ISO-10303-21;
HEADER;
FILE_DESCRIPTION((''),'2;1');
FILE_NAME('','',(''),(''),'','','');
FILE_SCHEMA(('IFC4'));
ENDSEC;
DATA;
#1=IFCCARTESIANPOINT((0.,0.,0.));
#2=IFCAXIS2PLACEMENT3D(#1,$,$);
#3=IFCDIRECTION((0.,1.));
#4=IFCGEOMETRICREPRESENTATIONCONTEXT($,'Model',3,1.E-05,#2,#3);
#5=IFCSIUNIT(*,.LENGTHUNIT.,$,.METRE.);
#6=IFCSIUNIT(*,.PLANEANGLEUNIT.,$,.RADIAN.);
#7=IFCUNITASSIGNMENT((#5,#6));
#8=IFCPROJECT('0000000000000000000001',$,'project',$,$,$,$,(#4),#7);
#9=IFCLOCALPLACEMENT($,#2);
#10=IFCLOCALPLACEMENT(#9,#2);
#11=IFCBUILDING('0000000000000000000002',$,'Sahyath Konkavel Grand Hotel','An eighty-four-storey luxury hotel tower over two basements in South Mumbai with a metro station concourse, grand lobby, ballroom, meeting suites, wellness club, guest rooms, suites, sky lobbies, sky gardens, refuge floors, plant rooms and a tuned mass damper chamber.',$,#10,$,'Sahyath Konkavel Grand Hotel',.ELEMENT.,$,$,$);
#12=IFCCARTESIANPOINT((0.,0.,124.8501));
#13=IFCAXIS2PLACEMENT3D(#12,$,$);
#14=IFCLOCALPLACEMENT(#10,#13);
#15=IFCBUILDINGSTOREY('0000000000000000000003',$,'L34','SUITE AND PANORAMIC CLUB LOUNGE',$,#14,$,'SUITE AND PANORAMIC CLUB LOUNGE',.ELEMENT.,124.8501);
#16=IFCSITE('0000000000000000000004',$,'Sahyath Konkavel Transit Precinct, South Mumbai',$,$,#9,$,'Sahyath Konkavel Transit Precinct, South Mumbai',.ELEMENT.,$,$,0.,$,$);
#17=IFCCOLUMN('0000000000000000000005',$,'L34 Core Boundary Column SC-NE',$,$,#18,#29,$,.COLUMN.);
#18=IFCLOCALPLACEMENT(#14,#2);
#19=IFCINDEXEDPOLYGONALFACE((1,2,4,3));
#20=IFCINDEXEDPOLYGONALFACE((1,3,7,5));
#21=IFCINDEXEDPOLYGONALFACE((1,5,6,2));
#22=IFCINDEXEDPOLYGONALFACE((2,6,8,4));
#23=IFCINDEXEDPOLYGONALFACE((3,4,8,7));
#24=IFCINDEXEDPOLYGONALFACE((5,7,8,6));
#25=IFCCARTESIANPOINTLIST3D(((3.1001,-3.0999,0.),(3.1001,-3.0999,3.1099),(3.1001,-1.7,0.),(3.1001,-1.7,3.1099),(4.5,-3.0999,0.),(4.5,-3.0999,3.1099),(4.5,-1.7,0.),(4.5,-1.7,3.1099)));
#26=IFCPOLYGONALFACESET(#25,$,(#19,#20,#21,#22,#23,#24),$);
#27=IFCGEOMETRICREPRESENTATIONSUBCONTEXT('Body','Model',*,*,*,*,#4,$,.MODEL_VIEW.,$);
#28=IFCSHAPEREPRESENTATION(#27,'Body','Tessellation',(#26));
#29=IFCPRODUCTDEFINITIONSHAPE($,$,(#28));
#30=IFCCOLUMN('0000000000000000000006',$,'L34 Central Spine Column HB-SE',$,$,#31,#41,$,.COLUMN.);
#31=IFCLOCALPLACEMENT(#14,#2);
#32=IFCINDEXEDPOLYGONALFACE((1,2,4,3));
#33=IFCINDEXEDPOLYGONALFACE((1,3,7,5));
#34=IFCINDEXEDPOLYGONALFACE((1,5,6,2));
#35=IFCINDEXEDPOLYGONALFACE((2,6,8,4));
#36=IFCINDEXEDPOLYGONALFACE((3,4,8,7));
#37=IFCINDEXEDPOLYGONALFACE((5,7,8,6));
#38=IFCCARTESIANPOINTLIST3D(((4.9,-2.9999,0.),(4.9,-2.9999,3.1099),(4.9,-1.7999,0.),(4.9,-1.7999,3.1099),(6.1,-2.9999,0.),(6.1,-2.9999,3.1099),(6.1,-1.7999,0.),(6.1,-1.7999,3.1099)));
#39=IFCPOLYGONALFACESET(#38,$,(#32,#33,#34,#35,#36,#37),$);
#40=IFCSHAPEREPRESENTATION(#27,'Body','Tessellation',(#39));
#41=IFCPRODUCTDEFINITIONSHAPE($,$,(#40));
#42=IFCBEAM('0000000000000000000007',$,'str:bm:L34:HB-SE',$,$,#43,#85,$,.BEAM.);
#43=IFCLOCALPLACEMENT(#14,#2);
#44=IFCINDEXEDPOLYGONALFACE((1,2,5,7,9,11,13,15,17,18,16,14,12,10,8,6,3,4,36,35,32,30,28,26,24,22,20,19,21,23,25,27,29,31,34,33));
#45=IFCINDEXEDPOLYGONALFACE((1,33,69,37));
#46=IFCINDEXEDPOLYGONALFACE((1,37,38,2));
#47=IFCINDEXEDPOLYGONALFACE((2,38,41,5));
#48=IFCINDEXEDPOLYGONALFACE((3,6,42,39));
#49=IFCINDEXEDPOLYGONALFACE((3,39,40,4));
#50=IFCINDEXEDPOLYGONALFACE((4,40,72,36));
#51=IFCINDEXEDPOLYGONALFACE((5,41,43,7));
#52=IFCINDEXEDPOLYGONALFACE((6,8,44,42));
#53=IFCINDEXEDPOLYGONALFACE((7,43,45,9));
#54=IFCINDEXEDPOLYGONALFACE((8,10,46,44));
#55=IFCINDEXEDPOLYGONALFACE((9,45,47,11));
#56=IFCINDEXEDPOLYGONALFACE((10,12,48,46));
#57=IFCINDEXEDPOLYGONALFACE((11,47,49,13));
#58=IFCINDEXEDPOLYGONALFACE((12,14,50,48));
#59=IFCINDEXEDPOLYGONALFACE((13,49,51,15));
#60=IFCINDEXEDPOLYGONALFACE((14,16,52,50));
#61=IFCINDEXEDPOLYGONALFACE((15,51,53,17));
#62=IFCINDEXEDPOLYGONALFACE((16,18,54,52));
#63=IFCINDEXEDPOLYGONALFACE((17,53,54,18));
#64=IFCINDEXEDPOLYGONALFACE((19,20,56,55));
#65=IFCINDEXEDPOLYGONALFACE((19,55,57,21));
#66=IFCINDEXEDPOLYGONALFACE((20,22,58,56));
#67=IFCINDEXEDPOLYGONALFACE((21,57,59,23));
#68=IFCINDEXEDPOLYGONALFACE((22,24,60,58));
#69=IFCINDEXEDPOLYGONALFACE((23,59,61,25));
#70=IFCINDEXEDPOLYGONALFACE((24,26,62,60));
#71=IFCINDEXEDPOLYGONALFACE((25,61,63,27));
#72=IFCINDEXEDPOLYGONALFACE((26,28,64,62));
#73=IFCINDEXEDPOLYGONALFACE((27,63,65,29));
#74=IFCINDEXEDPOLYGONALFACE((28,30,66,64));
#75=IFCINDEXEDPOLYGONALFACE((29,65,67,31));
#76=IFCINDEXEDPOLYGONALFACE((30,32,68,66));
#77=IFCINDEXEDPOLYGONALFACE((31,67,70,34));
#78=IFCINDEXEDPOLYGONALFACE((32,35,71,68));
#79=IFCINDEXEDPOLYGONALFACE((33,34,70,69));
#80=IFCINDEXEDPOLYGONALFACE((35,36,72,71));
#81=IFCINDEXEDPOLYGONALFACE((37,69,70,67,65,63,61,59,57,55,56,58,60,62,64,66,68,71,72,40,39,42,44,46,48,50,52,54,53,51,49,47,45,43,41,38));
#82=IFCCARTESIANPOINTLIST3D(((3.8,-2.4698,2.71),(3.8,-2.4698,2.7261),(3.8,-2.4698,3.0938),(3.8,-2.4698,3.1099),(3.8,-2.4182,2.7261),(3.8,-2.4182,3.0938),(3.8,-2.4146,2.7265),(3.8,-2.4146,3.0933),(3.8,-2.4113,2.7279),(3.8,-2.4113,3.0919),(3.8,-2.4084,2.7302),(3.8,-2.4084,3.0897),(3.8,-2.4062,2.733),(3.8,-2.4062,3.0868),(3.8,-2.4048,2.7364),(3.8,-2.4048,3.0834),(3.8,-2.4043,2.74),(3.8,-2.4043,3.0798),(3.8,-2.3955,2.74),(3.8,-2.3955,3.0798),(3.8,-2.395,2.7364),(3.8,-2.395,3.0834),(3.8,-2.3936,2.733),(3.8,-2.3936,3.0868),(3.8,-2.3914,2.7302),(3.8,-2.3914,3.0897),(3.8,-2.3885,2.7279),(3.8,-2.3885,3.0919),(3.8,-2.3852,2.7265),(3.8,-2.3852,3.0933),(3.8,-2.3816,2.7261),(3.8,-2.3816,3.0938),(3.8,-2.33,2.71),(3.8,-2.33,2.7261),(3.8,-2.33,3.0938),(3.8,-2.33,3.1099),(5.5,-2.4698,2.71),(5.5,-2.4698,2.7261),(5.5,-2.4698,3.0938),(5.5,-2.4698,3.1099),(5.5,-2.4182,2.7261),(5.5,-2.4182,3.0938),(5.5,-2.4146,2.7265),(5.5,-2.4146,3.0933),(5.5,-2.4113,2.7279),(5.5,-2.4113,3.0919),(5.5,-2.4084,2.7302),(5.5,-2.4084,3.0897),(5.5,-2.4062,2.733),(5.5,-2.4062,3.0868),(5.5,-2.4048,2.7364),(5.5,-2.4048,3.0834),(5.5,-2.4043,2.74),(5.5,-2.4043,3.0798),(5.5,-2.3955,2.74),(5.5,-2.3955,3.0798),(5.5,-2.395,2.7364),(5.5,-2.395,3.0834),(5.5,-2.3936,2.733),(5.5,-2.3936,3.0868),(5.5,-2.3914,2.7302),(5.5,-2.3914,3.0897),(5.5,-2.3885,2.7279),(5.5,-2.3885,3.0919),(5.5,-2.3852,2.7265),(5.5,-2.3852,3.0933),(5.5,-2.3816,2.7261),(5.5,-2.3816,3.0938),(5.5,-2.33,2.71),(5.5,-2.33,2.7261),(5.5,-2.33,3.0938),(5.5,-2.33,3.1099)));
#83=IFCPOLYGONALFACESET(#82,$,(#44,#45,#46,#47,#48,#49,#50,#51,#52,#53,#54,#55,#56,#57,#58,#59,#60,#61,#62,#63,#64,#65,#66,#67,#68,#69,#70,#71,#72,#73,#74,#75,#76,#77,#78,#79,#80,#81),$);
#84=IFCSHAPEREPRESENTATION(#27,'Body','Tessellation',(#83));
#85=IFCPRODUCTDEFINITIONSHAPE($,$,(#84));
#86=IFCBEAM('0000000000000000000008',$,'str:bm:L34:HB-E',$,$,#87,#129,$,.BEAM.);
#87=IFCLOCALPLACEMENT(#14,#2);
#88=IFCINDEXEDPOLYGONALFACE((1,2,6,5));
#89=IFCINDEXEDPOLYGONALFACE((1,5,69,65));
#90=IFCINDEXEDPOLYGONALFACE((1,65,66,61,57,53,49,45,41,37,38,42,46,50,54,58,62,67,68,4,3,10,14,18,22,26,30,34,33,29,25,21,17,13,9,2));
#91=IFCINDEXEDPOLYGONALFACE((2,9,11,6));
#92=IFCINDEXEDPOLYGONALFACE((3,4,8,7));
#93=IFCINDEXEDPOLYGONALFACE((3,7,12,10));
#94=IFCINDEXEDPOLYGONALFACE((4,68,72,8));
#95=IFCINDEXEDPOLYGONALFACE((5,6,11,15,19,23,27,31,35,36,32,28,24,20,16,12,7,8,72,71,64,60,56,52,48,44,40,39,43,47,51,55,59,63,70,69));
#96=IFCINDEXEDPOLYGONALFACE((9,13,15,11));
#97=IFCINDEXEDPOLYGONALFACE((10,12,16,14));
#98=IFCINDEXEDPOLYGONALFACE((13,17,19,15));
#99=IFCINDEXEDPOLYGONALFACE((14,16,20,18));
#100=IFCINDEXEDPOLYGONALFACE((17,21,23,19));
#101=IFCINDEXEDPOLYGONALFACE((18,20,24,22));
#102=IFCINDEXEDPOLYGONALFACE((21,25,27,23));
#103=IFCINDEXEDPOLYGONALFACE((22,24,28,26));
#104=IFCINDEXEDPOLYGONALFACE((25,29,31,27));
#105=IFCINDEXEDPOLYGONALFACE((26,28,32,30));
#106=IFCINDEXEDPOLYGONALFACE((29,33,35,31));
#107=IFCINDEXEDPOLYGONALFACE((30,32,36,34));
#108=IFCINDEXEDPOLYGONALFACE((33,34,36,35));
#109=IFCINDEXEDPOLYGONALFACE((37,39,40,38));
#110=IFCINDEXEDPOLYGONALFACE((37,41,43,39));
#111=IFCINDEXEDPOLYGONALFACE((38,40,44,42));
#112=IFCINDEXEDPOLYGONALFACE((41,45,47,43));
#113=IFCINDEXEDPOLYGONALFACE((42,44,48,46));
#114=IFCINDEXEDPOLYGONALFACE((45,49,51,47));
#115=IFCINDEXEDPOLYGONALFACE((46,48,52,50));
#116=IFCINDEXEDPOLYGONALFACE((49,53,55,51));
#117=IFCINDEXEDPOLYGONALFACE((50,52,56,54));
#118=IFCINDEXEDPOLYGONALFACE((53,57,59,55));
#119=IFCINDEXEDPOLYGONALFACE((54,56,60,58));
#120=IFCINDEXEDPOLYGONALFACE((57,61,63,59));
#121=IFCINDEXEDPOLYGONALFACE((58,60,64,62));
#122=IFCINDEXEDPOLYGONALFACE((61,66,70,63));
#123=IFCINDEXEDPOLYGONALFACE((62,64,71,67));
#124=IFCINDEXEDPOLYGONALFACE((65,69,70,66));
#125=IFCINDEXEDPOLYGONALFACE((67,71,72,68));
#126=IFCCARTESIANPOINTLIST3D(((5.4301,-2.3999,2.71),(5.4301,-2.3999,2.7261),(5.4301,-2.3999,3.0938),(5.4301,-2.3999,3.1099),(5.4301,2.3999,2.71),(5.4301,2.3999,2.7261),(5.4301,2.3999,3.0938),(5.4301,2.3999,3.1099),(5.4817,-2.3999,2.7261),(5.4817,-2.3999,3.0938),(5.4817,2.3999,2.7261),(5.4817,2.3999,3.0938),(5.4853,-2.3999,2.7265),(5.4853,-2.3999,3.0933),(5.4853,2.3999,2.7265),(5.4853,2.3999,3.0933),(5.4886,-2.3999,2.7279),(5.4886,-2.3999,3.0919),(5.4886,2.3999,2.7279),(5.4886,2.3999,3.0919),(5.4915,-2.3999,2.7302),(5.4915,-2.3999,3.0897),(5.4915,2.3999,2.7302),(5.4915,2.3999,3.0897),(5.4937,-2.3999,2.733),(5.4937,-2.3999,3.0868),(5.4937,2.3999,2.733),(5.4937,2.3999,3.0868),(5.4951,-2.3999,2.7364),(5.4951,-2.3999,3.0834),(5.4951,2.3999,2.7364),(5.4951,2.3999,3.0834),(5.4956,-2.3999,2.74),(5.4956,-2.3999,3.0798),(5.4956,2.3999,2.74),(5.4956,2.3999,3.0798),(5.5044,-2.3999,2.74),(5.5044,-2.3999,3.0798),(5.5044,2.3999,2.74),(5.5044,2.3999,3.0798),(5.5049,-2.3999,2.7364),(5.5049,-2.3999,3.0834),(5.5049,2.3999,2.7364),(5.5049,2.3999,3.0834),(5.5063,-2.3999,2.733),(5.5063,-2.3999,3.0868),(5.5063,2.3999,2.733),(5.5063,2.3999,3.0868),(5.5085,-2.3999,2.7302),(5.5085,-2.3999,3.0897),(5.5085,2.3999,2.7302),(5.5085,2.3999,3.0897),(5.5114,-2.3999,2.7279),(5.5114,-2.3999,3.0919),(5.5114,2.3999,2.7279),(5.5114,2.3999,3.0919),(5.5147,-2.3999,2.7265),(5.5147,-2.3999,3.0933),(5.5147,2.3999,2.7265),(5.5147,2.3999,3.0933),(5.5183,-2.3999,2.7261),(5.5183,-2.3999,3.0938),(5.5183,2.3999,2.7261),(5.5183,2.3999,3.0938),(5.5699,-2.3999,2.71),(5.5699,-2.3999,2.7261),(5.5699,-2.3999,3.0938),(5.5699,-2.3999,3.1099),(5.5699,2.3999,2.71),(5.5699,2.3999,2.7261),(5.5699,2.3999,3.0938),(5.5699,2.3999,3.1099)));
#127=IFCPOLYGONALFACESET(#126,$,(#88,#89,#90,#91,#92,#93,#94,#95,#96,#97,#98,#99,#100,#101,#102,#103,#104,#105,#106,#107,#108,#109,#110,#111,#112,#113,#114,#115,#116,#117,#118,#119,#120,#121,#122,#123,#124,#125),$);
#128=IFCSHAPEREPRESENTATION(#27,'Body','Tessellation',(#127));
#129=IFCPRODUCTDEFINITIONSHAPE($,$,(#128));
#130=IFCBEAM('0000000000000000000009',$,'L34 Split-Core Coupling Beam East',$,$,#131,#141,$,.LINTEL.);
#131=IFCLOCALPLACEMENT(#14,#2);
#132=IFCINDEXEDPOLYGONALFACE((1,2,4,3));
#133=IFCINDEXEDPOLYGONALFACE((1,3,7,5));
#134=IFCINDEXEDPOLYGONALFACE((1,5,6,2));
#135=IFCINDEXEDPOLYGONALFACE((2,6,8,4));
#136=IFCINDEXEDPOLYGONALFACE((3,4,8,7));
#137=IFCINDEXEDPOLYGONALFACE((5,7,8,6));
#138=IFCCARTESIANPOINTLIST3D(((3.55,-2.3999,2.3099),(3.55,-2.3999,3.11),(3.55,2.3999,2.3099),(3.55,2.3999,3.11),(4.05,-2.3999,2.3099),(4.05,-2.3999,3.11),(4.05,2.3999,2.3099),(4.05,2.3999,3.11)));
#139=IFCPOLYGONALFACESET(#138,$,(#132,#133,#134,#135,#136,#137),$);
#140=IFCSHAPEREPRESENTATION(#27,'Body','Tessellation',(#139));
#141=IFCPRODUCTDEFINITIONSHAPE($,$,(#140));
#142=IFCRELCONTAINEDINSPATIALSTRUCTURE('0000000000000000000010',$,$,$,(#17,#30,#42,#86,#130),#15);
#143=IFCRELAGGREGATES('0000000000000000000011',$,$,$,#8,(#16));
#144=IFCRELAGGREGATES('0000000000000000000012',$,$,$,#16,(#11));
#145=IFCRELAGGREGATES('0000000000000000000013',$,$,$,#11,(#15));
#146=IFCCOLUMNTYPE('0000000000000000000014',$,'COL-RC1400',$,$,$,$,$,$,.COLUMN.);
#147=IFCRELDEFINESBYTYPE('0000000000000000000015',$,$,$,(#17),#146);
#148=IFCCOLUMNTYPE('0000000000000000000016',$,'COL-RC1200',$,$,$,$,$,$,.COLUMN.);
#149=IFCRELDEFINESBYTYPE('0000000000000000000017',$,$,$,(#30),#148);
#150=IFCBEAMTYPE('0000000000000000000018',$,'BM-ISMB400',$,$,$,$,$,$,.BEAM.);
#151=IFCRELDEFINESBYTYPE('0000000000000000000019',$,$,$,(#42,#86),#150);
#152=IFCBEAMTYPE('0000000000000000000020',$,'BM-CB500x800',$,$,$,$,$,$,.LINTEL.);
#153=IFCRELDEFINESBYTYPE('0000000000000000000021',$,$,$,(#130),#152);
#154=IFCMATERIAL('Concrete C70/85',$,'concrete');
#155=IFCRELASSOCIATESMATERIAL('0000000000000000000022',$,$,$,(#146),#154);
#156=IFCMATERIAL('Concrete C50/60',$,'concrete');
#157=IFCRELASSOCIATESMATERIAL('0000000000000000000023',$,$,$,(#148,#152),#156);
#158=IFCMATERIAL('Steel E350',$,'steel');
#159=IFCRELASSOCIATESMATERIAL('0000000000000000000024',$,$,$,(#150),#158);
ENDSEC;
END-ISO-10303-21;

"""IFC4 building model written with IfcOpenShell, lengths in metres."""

from ifc_helpers import new_model, si_unit, direction, frame, origin, origin_2d, place, context, subcontext, project, spatial, rectangle, i_section, extrude, source, transform, mapped, material, material_profile, profile_set, type_object, element, save


model = new_model("IFC4")

# Units and contexts
model_context = context("Model", 3, precision=1e-05, world=origin(), true_north=direction((0.0, 1.0)))
body_context = subcontext(model_context, "Body", "Model", "MODEL_VIEW")
ifc_project = project(units=[si_unit("LENGTHUNIT", "METRE"), si_unit("PLANEANGLEUNIT", "RADIAN")], contexts=[model_context])

# Site, building, storey
site_placement = place(None, origin())
site = spatial("IfcSite", under=ifc_project, at=site_placement, Name="Sahyath Konkavel Transit Precinct, South Mumbai", LongName="Sahyath Konkavel Transit Precinct, South Mumbai", CompositionType="ELEMENT", RefElevation=0.0)
building_placement = place(site_placement, origin())
building = spatial("IfcBuilding", under=site, at=building_placement, Name="Sahyath Konkavel Grand Hotel", Description="An eighty-four-storey luxury hotel tower over two basements in South Mumbai with a metro station concourse, grand lobby, ballroom, meeting suites, wellness club, guest rooms, suites, sky lobbies, sky gardens, refuge floors, plant rooms and a tuned mass damper chamber.", LongName="Sahyath Konkavel Grand Hotel", CompositionType="ELEMENT")
storey_placement = place(building_placement, frame((0.0, 0.0, 124.8501)))
storey = spatial("IfcBuildingStorey", under=building, at=storey_placement, Name="L34", Description="SUITE AND PANORAMIC CLUB LOUNGE", LongName="SUITE AND PANORAMIC CLUB LOUNGE", CompositionType="ELEMENT", Elevation=124.8501)

# Columns
ifc_material_1 = material(Name="Concrete C70/85", Category="concrete")
ifc_material_profile_1 = material_profile(ifc_material_1, rectangle(XDim=1.3999, YDim=1.3999, at=origin_2d()), Name="RC 1400x1400")
ifc_profile_set_1 = profile_set([ifc_material_profile_1], Name="Concrete C70/85")
column_type_1 = type_object("IfcColumnType", Name="COL-RC1400", PredefinedType="COLUMN", material=ifc_profile_set_1)
shared_shape_1 = source(origin(), body_context, "Body", "SweptSolid", [
    extrude(rectangle(XDim=1.3999, YDim=1.3999, at=origin_2d()), origin(), (0.0, 0.0, 1.0), 3.1099),
])
column_1_placement = place(storey_placement, frame((3.8, -2.3999, 0.0), z_axis=(0.0, 0.0, 1.0), x_axis=(1.0, 0.0, 0.0)))
element("IfcColumn", 1, at=column_1_placement, inside=storey, type_object=column_type_1, Name="L34 Core Boundary Column SC-NE", PredefinedType="COLUMN", context=body_context, shape_type="MappedRepresentation", body=[
    mapped(shared_shape_1, transform((0.0, 0.0, 0.0), scale=1.0)),
])
ifc_material_2 = material(Name="Concrete C50/60", Category="concrete")
ifc_material_profile_2 = material_profile(ifc_material_2, rectangle(XDim=1.2, YDim=1.2, at=origin_2d()), Name="RC 1200x1200")
ifc_profile_set_2 = profile_set([ifc_material_profile_2], Name="Concrete C50/60")
column_type_2 = type_object("IfcColumnType", Name="COL-RC1200", PredefinedType="COLUMN", material=ifc_profile_set_2)
shared_shape_2 = source(origin(), body_context, "Body", "SweptSolid", [
    extrude(rectangle(XDim=1.2, YDim=1.2, at=origin_2d()), origin(), (0.0, 0.0, 1.0), 3.1099),
])
column_2_placement = place(storey_placement, frame((5.5, -2.3999, 0.0), z_axis=(0.0, 0.0, 1.0), x_axis=(1.0, 0.0, 0.0)))
element("IfcColumn", 2, at=column_2_placement, inside=storey, type_object=column_type_2, Name="L34 Central Spine Column HB-SE", PredefinedType="COLUMN", context=body_context, shape_type="MappedRepresentation", body=[
    mapped(shared_shape_2, transform((0.0, 0.0, 0.0), scale=1.0)),
])

# Beams
ifc_material_3 = material(Name="Steel E350", Category="steel")
ifc_material_profile_3 = material_profile(ifc_material_3, i_section(OverallWidth=0.1399, OverallDepth=0.3999, WebThickness=0.0088, FlangeThickness=0.0161, FilletRadius=0.0139, at=origin_2d()), Name="ISMB 400")
ifc_profile_set_3 = profile_set([ifc_material_profile_3], Name="Steel E350")
beam_type_1 = type_object("IfcBeamType", Name="BM-ISMB400", PredefinedType="BEAM", material=ifc_profile_set_3)
shared_shape_3 = source(origin(), body_context, "Body", "SweptSolid", [
    extrude(i_section(OverallWidth=0.1399, OverallDepth=0.3999, WebThickness=0.0088, FlangeThickness=0.0161, FilletRadius=0.0139, at=origin_2d()), origin(), (0.0, 0.0, 1.0), 1.7),
])
beam_1_placement = place(storey_placement, frame((3.8, -2.3999, 2.9099), z_axis=(1.0, 0.0, 0.0), x_axis=(0.0, 1.0, 0.0)))
element("IfcBeam", 3, at=beam_1_placement, inside=storey, type_object=beam_type_1, Name="str:bm:L34:HB-SE", PredefinedType="BEAM", context=body_context, shape_type="MappedRepresentation", body=[
    mapped(shared_shape_3, transform((0.0, 0.0, 0.0), scale=1.0)),
])
shared_shape_4 = source(origin(), body_context, "Body", "SweptSolid", [
    extrude(i_section(OverallWidth=0.1399, OverallDepth=0.3999, WebThickness=0.0088, FlangeThickness=0.0161, FilletRadius=0.0139, at=origin_2d()), origin(), (0.0, 0.0, 1.0), 4.7998),
])
beam_2_placement = place(storey_placement, frame((5.5, -2.3999, 2.9099), z_axis=(0.0, 1.0, 0.0), x_axis=(-1.0, 0.0, 0.0)))
element("IfcBeam", 4, at=beam_2_placement, inside=storey, type_object=beam_type_1, Name="str:bm:L34:HB-E", PredefinedType="BEAM", context=body_context, shape_type="MappedRepresentation", body=[
    mapped(shared_shape_4, transform((0.0, 0.0, 0.0), scale=1.0)),
])
ifc_material_profile_4 = material_profile(ifc_material_2, rectangle(XDim=0.5, YDim=0.8, at=origin_2d()), Name="RC 500x800")
ifc_profile_set_4 = profile_set([ifc_material_profile_4], Name="Concrete C50/60")
beam_type_2 = type_object("IfcBeamType", Name="BM-CB500x800", PredefinedType="LINTEL", material=ifc_profile_set_4)
shared_shape_5 = source(origin(), body_context, "Body", "SweptSolid", [
    extrude(rectangle(XDim=0.5, YDim=0.8, at=origin_2d()), origin(), (0.0, 0.0, 1.0), 4.7998),
])
beam_3_placement = place(storey_placement, frame((3.8, -2.3999, 2.71), z_axis=(0.0, 1.0, 0.0), x_axis=(-1.0, 0.0, 0.0)))
element("IfcBeam", 5, at=beam_3_placement, inside=storey, type_object=beam_type_2, Name="L34 Split-Core Coupling Beam East", PredefinedType="LINTEL", context=body_context, shape_type="MappedRepresentation", body=[
    mapped(shared_shape_5, transform((0.0, 0.0, 0.0), scale=1.0)),
])

save(model, "model.ifc")
